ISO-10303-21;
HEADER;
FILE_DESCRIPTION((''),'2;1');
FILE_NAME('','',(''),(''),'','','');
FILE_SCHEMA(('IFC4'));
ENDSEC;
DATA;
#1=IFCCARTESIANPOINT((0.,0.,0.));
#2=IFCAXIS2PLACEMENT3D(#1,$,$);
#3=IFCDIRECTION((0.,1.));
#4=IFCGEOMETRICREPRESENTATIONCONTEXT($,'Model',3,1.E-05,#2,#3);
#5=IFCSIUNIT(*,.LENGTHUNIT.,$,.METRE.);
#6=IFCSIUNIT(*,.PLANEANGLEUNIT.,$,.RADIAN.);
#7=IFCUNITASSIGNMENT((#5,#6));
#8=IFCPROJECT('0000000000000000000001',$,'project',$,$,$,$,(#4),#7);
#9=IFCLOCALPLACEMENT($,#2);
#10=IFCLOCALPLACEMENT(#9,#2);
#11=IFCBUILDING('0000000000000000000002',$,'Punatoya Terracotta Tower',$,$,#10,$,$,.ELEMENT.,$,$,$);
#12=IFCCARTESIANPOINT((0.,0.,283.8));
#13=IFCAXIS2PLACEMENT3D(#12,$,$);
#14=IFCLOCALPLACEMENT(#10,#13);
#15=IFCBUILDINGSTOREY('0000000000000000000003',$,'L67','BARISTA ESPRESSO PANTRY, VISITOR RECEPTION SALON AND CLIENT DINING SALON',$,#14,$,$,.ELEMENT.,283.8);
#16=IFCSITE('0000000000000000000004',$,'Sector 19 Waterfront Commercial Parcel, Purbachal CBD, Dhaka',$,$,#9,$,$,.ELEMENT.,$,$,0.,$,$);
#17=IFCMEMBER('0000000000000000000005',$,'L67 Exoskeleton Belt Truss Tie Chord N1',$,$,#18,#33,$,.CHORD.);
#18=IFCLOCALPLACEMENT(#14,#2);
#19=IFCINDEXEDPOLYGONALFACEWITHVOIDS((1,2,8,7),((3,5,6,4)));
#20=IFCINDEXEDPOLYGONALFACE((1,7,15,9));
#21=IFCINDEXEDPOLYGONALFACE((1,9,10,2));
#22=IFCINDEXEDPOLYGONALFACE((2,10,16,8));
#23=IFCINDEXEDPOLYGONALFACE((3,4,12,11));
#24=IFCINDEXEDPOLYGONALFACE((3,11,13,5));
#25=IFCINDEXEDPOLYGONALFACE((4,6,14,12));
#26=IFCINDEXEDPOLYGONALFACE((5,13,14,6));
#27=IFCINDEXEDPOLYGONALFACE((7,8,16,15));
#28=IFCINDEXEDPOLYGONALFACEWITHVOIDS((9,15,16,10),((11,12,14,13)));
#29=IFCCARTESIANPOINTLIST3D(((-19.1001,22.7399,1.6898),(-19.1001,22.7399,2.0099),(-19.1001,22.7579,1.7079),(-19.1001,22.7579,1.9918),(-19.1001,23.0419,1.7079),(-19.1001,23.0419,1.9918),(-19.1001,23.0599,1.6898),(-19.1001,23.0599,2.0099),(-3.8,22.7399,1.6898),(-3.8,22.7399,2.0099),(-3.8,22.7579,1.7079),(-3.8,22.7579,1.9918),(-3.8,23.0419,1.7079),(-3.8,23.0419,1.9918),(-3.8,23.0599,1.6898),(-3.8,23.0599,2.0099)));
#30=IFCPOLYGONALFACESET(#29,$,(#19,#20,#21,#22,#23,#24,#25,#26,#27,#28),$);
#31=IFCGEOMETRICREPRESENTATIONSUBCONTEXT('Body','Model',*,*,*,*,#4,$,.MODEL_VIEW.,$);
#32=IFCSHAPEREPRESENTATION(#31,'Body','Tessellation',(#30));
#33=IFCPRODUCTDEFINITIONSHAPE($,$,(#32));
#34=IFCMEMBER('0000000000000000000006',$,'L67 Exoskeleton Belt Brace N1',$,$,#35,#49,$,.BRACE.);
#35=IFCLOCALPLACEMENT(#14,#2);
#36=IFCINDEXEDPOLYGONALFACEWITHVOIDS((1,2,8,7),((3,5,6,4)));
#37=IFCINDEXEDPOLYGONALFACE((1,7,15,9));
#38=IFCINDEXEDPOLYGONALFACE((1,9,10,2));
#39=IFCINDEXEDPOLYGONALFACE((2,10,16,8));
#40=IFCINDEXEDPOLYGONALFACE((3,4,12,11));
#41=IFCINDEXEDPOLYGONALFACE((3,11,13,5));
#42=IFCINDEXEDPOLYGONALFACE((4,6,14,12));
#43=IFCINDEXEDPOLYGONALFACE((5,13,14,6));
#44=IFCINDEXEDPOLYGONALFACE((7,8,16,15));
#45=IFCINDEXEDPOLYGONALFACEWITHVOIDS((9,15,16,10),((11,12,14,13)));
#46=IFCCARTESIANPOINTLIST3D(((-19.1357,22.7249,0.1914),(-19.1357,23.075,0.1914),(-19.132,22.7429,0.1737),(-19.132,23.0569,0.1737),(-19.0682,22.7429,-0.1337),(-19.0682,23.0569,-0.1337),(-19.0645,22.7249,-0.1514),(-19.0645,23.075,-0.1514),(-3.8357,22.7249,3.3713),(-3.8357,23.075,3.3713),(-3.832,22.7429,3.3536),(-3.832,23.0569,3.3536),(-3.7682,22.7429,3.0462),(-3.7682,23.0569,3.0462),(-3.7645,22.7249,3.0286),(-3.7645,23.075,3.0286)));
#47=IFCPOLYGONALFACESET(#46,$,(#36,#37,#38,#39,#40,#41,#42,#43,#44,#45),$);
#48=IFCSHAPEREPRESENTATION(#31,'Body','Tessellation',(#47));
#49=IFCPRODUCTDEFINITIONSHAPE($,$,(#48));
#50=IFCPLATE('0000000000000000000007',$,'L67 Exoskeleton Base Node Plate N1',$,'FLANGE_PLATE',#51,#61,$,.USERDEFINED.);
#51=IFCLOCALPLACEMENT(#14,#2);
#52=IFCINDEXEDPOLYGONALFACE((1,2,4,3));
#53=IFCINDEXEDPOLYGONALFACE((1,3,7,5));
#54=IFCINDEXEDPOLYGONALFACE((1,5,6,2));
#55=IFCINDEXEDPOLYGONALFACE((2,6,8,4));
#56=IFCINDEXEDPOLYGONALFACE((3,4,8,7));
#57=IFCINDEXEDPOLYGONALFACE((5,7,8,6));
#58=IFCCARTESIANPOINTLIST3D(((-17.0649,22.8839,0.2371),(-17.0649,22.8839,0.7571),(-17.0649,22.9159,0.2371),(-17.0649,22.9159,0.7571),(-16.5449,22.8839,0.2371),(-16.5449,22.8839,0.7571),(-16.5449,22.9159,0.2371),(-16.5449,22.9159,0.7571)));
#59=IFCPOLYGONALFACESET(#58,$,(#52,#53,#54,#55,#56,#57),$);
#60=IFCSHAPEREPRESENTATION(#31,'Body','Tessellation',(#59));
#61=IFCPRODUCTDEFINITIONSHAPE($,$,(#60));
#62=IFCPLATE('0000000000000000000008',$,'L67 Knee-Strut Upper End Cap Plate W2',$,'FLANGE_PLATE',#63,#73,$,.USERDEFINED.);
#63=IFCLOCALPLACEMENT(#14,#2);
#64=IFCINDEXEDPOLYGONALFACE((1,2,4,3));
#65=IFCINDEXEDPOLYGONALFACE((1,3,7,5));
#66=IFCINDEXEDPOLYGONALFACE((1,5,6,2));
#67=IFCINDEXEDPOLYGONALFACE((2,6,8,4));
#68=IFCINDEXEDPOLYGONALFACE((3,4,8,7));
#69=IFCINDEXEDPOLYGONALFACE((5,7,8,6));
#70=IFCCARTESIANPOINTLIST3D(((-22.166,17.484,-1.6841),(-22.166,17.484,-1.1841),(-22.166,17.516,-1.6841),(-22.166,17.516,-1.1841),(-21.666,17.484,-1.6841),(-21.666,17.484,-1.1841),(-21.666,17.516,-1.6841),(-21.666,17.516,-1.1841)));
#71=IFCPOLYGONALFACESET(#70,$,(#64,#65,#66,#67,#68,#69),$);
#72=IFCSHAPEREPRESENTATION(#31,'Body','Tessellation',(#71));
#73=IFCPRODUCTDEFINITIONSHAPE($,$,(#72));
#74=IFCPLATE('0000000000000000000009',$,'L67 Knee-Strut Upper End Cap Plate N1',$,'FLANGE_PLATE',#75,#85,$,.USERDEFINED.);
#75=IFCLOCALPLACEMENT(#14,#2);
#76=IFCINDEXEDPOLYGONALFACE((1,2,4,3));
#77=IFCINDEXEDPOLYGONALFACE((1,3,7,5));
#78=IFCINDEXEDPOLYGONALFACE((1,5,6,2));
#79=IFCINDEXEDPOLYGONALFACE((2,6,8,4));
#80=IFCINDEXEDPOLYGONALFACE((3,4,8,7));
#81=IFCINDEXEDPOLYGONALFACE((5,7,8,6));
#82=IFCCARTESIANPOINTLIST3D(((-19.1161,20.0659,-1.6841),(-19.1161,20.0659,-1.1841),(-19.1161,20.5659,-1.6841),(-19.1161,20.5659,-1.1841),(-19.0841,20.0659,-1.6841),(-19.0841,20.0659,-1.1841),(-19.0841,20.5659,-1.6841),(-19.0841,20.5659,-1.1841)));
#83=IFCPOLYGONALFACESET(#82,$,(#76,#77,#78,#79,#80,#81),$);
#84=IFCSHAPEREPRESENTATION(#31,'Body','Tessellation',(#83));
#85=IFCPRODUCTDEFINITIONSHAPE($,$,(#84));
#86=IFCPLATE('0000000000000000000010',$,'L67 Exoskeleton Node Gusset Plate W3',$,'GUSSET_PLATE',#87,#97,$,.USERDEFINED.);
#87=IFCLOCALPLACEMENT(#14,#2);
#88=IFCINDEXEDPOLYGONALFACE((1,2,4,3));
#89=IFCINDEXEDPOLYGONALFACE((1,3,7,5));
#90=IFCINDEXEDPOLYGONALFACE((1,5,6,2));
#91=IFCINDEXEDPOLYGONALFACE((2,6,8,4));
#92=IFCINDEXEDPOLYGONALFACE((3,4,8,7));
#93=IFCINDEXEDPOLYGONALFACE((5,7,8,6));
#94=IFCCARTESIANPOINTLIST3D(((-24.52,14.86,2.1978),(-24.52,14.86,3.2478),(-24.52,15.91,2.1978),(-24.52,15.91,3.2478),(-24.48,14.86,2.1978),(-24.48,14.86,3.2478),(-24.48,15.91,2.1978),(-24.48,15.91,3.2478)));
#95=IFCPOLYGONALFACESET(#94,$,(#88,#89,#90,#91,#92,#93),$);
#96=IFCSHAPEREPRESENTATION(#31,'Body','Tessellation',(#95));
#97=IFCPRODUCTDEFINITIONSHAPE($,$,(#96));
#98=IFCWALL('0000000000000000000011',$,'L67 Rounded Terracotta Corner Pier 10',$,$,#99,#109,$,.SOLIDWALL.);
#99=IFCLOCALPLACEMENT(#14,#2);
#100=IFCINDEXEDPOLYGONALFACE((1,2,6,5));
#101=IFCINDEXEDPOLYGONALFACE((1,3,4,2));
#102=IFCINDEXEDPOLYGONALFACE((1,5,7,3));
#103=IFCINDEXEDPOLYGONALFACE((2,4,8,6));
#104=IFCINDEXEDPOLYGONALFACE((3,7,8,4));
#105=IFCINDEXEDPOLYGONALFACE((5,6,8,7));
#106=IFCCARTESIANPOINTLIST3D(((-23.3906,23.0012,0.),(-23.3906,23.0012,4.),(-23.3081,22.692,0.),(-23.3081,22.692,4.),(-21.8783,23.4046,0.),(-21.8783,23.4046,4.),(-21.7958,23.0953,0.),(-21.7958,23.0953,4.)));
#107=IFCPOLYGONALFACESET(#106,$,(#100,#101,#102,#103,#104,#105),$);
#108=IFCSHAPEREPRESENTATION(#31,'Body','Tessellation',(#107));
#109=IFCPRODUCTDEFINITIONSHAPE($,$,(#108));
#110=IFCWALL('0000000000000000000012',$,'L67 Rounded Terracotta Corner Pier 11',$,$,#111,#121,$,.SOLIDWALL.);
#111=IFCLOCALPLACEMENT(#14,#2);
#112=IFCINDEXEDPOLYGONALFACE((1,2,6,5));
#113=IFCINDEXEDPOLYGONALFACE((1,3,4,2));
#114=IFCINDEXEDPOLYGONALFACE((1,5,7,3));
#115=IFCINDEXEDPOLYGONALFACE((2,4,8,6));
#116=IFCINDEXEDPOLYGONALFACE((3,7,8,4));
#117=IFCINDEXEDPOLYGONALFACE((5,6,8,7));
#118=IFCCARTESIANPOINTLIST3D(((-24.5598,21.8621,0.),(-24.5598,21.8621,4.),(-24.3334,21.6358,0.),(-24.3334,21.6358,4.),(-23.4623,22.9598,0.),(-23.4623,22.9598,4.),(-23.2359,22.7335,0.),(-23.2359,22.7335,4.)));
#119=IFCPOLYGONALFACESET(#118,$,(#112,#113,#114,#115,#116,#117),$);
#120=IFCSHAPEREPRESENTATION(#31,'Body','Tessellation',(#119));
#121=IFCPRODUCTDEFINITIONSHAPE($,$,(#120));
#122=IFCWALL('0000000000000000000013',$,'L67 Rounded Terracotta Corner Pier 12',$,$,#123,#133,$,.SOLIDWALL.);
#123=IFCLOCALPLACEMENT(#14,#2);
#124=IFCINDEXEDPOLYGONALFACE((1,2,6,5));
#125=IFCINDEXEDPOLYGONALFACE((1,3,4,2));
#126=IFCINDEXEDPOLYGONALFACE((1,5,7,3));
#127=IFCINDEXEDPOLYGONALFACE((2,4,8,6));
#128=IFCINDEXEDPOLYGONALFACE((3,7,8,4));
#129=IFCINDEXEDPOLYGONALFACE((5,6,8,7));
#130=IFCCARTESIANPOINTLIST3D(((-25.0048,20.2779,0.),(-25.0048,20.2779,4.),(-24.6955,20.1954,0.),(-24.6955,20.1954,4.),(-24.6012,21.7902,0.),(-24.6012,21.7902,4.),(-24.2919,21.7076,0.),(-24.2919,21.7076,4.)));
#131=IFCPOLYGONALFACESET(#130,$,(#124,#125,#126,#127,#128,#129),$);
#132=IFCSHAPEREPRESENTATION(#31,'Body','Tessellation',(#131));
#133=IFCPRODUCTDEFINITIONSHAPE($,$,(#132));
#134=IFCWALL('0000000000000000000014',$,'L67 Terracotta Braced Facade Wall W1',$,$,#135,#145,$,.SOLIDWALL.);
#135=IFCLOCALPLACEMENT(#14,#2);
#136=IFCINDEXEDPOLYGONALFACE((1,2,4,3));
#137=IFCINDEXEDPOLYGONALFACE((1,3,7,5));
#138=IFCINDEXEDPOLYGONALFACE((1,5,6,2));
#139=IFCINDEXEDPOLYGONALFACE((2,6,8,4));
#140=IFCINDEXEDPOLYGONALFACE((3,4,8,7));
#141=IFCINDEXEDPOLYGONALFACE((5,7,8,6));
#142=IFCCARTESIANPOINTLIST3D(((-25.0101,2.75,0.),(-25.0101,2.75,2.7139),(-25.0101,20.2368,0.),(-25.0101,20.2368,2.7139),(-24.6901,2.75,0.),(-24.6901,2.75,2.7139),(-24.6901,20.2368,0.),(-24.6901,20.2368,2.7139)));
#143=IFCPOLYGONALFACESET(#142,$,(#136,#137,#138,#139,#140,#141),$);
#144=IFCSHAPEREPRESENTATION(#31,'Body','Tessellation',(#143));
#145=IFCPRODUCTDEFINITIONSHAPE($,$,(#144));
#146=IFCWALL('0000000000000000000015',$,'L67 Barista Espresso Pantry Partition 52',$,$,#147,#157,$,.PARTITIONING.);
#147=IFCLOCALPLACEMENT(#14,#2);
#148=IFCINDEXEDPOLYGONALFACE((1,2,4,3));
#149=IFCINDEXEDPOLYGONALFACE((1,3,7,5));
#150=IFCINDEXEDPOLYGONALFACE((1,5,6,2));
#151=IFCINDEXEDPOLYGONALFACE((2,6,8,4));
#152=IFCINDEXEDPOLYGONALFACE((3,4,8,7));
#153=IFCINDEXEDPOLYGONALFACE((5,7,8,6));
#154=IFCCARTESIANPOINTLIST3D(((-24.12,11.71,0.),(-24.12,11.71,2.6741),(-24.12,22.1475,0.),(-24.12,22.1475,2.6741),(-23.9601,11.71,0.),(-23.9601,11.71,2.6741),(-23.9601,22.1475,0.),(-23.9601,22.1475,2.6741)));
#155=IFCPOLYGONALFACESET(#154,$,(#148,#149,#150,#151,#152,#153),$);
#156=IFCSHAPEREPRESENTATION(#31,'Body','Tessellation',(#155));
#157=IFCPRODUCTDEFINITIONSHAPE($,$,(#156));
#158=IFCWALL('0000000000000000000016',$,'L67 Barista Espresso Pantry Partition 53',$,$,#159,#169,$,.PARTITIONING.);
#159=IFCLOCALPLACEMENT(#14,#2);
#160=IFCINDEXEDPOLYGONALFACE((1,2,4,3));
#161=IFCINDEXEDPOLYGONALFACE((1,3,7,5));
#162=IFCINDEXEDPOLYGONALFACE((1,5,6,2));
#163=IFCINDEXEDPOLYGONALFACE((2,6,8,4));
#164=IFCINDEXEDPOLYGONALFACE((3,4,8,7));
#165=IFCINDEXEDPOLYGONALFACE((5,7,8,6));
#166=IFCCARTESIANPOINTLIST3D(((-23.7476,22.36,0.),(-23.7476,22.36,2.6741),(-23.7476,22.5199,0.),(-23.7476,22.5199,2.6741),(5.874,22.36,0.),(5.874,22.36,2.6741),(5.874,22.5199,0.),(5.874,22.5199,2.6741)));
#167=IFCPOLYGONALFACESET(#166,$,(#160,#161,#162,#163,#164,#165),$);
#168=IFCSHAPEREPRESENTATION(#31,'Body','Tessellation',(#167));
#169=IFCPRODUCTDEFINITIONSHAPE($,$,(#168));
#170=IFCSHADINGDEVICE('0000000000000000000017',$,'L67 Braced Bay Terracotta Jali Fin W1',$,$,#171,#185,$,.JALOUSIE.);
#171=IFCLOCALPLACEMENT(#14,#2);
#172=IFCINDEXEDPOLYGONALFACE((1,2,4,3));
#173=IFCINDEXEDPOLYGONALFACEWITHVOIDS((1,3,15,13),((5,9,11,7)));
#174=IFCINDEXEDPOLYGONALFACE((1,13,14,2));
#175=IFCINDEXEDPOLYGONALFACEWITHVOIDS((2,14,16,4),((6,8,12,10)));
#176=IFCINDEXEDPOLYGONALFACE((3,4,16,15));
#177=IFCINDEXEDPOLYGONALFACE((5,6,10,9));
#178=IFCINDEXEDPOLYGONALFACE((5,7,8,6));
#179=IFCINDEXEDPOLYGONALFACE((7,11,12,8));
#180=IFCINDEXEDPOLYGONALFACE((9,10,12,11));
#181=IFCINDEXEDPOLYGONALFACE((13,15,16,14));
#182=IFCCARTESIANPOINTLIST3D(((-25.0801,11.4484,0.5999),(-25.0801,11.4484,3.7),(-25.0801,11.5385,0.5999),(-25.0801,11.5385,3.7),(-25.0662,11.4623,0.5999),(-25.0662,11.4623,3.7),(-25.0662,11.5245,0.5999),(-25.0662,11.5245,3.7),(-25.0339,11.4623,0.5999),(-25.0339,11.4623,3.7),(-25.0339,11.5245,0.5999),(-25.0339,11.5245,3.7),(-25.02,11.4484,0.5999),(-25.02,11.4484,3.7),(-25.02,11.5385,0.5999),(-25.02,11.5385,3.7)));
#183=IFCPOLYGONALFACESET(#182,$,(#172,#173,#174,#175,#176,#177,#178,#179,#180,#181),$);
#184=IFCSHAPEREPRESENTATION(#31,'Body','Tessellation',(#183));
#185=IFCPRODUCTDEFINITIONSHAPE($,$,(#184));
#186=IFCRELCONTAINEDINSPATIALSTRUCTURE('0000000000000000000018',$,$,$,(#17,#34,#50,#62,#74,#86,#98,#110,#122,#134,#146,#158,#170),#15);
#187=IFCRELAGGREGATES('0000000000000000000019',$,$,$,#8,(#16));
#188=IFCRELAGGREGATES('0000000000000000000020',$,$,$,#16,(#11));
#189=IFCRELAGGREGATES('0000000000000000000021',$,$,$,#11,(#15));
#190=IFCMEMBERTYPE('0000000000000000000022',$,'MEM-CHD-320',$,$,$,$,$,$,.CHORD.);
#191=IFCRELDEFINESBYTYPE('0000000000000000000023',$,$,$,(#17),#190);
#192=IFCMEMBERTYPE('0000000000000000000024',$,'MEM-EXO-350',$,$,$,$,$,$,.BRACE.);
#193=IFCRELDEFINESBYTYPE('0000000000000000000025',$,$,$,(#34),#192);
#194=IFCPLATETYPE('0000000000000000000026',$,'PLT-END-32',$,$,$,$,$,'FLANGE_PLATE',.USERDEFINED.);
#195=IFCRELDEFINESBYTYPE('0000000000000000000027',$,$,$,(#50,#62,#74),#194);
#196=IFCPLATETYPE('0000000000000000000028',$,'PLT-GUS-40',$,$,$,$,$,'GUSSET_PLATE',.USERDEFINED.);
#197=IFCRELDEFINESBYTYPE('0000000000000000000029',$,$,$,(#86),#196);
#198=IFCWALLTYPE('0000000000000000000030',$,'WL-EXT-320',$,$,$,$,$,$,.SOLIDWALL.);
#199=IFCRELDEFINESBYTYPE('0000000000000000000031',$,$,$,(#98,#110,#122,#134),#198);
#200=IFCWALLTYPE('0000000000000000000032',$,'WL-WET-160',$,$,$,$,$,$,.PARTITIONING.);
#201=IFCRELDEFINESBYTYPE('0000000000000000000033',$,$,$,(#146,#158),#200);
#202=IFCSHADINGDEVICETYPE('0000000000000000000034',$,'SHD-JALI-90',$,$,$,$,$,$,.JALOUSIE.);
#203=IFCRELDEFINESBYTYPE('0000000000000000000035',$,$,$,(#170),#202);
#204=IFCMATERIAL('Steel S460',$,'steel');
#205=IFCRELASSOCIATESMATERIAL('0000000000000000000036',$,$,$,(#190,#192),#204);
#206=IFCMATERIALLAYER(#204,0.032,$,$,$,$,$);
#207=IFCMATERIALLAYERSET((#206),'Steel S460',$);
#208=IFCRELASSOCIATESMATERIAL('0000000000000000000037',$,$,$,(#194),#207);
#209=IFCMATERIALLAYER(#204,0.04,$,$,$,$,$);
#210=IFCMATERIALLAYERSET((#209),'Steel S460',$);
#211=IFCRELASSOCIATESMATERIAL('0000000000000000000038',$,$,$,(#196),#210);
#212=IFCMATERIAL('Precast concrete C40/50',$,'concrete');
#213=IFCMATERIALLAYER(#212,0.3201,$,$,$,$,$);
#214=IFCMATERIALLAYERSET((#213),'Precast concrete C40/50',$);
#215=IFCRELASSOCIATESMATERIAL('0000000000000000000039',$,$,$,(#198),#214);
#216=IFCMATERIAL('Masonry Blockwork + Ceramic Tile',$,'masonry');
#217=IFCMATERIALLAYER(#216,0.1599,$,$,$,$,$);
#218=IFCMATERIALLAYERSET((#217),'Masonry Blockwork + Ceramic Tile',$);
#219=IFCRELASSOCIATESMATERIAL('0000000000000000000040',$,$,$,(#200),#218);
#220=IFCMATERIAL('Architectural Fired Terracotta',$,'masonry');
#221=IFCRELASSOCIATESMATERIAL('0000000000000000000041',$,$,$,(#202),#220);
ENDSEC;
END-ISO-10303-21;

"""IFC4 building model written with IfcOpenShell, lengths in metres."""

from ifc_helpers import new_model, si_unit, direction, frame, frame_2d, origin, origin_2d, place, context, subcontext, project, spatial, rectangle, hollow_rectangle, extrude, material, layer, layer_set, material_profile, profile_set, type_object, element, save


model = new_model("IFC4")

# Units and contexts
model_context = context("Model", 3, precision=1e-05, world=origin(), true_north=direction((0.0, 1.0)))
body_context = subcontext(model_context, "Body", "Model", "MODEL_VIEW")
ifc_project = project(units=[si_unit("LENGTHUNIT", "METRE"), si_unit("PLANEANGLEUNIT", "RADIAN")], contexts=[model_context])

# Site, building, storey
site_placement = place(None, origin())
site = spatial("IfcSite", under=ifc_project, at=site_placement, Name="Sector 19 Waterfront Commercial Parcel, Purbachal CBD, Dhaka", CompositionType="ELEMENT", RefElevation=0.0)
building_placement = place(site_placement, origin())
building = spatial("IfcBuilding", under=site, at=building_placement, Name="Punatoya Terracotta Tower", CompositionType="ELEMENT")
storey_placement = place(building_placement, frame((0.0, 0.0, 283.8)))
storey = spatial("IfcBuildingStorey", under=building, at=storey_placement, Name="L67", Description="BARISTA ESPRESSO PANTRY, VISITOR RECEPTION SALON AND CLIENT DINING SALON", CompositionType="ELEMENT", Elevation=283.8)

# Shared definitions
ifc_material_1 = material(Name="Steel S460", Category="steel")

# Members
ifc_material_profile_1 = material_profile(ifc_material_1, hollow_rectangle(XDim=0.3201, YDim=0.3201, WallThickness=0.0181, at=origin_2d()))
ifc_profile_set_1 = profile_set([ifc_material_profile_1], Name="Steel S460")
member_type_1 = type_object("IfcMemberType", Name="MEM-CHD-320", PredefinedType="CHORD", material=ifc_profile_set_1)
member_1_placement = place(storey_placement, frame((-19.1001, 22.8999, 1.8499), z_axis=(1.0, 0.0, 0.0), x_axis=(0.0, 1.0, 0.0)))
element("IfcMember", 1, at=member_1_placement, inside=storey, type_object=member_type_1, Name="L67 Exoskeleton Belt Truss Tie Chord N1", PredefinedType="CHORD", context=body_context, shape_type="SweptSolid", body=[
    extrude(hollow_rectangle(XDim=0.3201, YDim=0.3201, WallThickness=0.0181, at=origin_2d()), origin(), (0.0, 0.0, 1.0), 15.3),
])
ifc_material_profile_2 = material_profile(ifc_material_1, hollow_rectangle(XDim=0.3501, YDim=0.3501, WallThickness=0.0181, at=origin_2d()))
ifc_profile_set_2 = profile_set([ifc_material_profile_2], Name="Steel S460")
member_type_2 = type_object("IfcMemberType", Name="MEM-EXO-350", PredefinedType="BRACE", material=ifc_profile_set_2)
member_2_placement = place(storey_placement, frame((-19.1001, 22.8999, 0.02), z_axis=(0.979077, 0.0, 0.203489), x_axis=(0.0, 1.0, 0.0)))
element("IfcMember", 2, at=member_2_placement, inside=storey, type_object=member_type_2, Name="L67 Exoskeleton Belt Brace N1", PredefinedType="BRACE", context=body_context, shape_type="SweptSolid", body=[
    extrude(hollow_rectangle(XDim=0.3501, YDim=0.3501, WallThickness=0.0181, at=origin_2d()), origin(), (0.0, 0.0, 1.0), 15.627),
])

# Plates
ifc_layer_1 = layer(ifc_material_1, 0.032)
ifc_layer_set_1 = layer_set([ifc_layer_1], Name="Steel S460")
plate_type_1 = type_object("IfcPlateType", Name="PLT-END-32", ElementType="FLANGE_PLATE", PredefinedType="USERDEFINED", material=ifc_layer_set_1)
plate_1_placement = place(storey_placement, frame((-16.8049, 22.8999, 0.2371), z_axis=(0.0, 0.0, 1.0), x_axis=(1.0, 0.0, 0.0)))
element("IfcPlate", 3, at=plate_1_placement, inside=storey, type_object=plate_type_1, Name="L67 Exoskeleton Base Node Plate N1", ObjectType="FLANGE_PLATE", PredefinedType="USERDEFINED", context=body_context, shape_type="SweptSolid", body=[
    extrude(rectangle(XDim=0.52, YDim=0.032, at=origin_2d()), origin(), (0.0, 0.0, 1.0), 0.52),
])
for number, where, z_axis, x_axis, name in (
    (4, (-21.916, 17.5, -1.6841), (0.0, 0.0, 1.0), (1.0, 0.0, 0.0), "L67 Knee-Strut Upper End Cap Plate W2"),
    (5, (-19.1001, 20.3159, -1.6841), (0.0, 0.0, 1.0), (0.0, 1.0, 0.0), "L67 Knee-Strut Upper End Cap Plate N1"),
):
    element("IfcPlate", number, at=place(storey_placement, frame(where, z_axis=z_axis, x_axis=x_axis)), inside=storey, type_object=plate_type_1, Name=name, ObjectType="FLANGE_PLATE", PredefinedType="USERDEFINED", context=body_context, shape_type="SweptSolid", body=[
        extrude(rectangle(XDim=0.5, YDim=0.032, at=origin_2d()), origin(), (0.0, 0.0, 1.0), 0.5),
    ])
ifc_layer_2 = layer(ifc_material_1, 0.04)
ifc_layer_set_2 = layer_set([ifc_layer_2], Name="Steel S460")
plate_type_2 = type_object("IfcPlateType", Name="PLT-GUS-40", ElementType="GUSSET_PLATE", PredefinedType="USERDEFINED", material=ifc_layer_set_2)
plate_2_placement = place(storey_placement, frame((-24.5, 15.385, 2.1978), z_axis=(0.0, 0.0, 1.0), x_axis=(0.0, 1.0, 0.0)))
element("IfcPlate", 6, at=plate_2_placement, inside=storey, type_object=plate_type_2, Name="L67 Exoskeleton Node Gusset Plate W3", ObjectType="GUSSET_PLATE", PredefinedType="USERDEFINED", context=body_context, shape_type="SweptSolid", body=[
    extrude(rectangle(XDim=1.05, YDim=0.04, at=origin_2d()), origin(), (0.0, 0.0, 1.0), 1.05),
])

# Walls
ifc_material_2 = material(Name="Precast concrete C40/50", Category="concrete")
ifc_layer_3 = layer(ifc_material_2, 0.3201)
ifc_layer_set_3 = layer_set([ifc_layer_3], Name="Precast concrete C40/50")
wall_type_1 = type_object("IfcWallType", Name="WL-EXT-320", PredefinedType="SOLIDWALL", material=ifc_layer_set_3)
wall_1_placement = place(storey_placement, frame((-21.8369, 23.25, 0.0), z_axis=(0.0, 0.0, 1.0), x_axis=(-0.966225, -0.257701, 0.0)))
element("IfcWall", 7, at=wall_1_placement, inside=storey, type_object=wall_type_1, Name="L67 Rounded Terracotta Corner Pier 10", PredefinedType="SOLIDWALL", context=body_context, shape_type="SweptSolid", body=[
    extrude(rectangle(XDim=1.5652, YDim=0.3201, at=frame_2d((0.7827, 0.0))), origin(), (0.0, 0.0, 1.0), 4.0),
])
wall_2_placement = place(storey_placement, frame((-23.3491, 22.8467, 0.0), z_axis=(0.0, 0.0, 1.0), x_axis=(-0.707028, -0.707185, 0.0)))
element("IfcWall", 8, at=wall_2_placement, inside=storey, type_object=wall_type_1, Name="L67 Rounded Terracotta Corner Pier 11", PredefinedType="SOLIDWALL", context=body_context, shape_type="SweptSolid", body=[
    extrude(rectangle(XDim=1.5522, YDim=0.3201, at=frame_2d((0.7761, 0.0))), origin(), (0.0, 0.0, 1.0), 4.0),
])
wall_3_placement = place(storey_placement, frame((-24.4465, 21.749, 0.0), z_axis=(0.0, 0.0, 1.0), x_axis=(-0.257847, -0.966186, 0.0)))
element("IfcWall", 9, at=wall_3_placement, inside=storey, type_object=wall_type_1, Name="L67 Rounded Terracotta Corner Pier 12", PredefinedType="SOLIDWALL", context=body_context, shape_type="SweptSolid", body=[
    extrude(rectangle(XDim=1.5652, YDim=0.3201, at=frame_2d((0.7827, 0.0))), origin(), (0.0, 0.0, 1.0), 4.0),
])
wall_4_placement = place(storey_placement, frame((-24.8501, 20.2368, 0.0), z_axis=(0.0, 0.0, 1.0), x_axis=(0.0, -1.0, 0.0)))
element("IfcWall", 10, at=wall_4_placement, inside=storey, type_object=wall_type_1, Name="L67 Terracotta Braced Facade Wall W1", PredefinedType="SOLIDWALL", context=body_context, shape_type="SweptSolid", body=[
    extrude(rectangle(XDim=17.4868, YDim=0.3201, at=frame_2d((8.7434, 0.0))), origin(), (0.0, 0.0, 1.0), 2.7139),
])
ifc_material_3 = material(Name="Masonry Blockwork + Ceramic Tile", Category="masonry")
ifc_layer_4 = layer(ifc_material_3, 0.1599)
ifc_layer_set_4 = layer_set([ifc_layer_4], Name="Masonry Blockwork + Ceramic Tile")
wall_type_2 = type_object("IfcWallType", Name="WL-WET-160", PredefinedType="PARTITIONING", material=ifc_layer_set_4)
wall_5_placement = place(storey_placement, frame((-24.04, 11.71, 0.0), z_axis=(0.0, 0.0, 1.0), x_axis=(0.0, 1.0, 0.0)))
element("IfcWall", 11, at=wall_5_placement, inside=storey, type_object=wall_type_2, Name="L67 Barista Espresso Pantry Partition 52", PredefinedType="PARTITIONING", context=body_context, shape_type="SweptSolid", body=[
    extrude(rectangle(XDim=10.4375, YDim=0.1599, at=frame_2d((5.2188, 0.0))), origin(), (0.0, 0.0, 1.0), 2.6741),
])
wall_6_placement = place(storey_placement, frame((-23.7476, 22.4399, 0.0), z_axis=(0.0, 0.0, 1.0), x_axis=(1.0, 0.0, 0.0)))
element("IfcWall", 12, at=wall_6_placement, inside=storey, type_object=wall_type_2, Name="L67 Barista Espresso Pantry Partition 53", PredefinedType="PARTITIONING", context=body_context, shape_type="SweptSolid", body=[
    extrude(rectangle(XDim=29.6216, YDim=0.1599, at=frame_2d((14.8108, 0.0))), origin(), (0.0, 0.0, 1.0), 2.6741),
])

# Shading device
ifc_material_4 = material(Name="Architectural Fired Terracotta", Category="masonry")
ifc_material_profile_3 = material_profile(ifc_material_4, hollow_rectangle(XDim=0.0601, YDim=0.0901, WallThickness=0.0139, at=origin_2d()))
ifc_profile_set_3 = profile_set([ifc_material_profile_3], Name="Architectural Fired Terracotta")
shading_device_type = type_object("IfcShadingDeviceType", Name="SHD-JALI-90", PredefinedType="JALOUSIE", material=ifc_profile_set_3)
shading_device_placement = place(storey_placement, frame((-25.05, 11.4934, 0.5999), z_axis=(0.0, 0.0, 1.0), x_axis=(1.0, 0.0, 0.0)))
element("IfcShadingDevice", 13, at=shading_device_placement, inside=storey, type_object=shading_device_type, Name="L67 Braced Bay Terracotta Jali Fin W1", PredefinedType="JALOUSIE", context=body_context, shape_type="SweptSolid", body=[
    extrude(hollow_rectangle(XDim=0.0601, YDim=0.0901, WallThickness=0.0139, at=origin_2d()), origin(), (0.0, 0.0, 1.0), 3.1001),
])

save(model, "model.ifc")
